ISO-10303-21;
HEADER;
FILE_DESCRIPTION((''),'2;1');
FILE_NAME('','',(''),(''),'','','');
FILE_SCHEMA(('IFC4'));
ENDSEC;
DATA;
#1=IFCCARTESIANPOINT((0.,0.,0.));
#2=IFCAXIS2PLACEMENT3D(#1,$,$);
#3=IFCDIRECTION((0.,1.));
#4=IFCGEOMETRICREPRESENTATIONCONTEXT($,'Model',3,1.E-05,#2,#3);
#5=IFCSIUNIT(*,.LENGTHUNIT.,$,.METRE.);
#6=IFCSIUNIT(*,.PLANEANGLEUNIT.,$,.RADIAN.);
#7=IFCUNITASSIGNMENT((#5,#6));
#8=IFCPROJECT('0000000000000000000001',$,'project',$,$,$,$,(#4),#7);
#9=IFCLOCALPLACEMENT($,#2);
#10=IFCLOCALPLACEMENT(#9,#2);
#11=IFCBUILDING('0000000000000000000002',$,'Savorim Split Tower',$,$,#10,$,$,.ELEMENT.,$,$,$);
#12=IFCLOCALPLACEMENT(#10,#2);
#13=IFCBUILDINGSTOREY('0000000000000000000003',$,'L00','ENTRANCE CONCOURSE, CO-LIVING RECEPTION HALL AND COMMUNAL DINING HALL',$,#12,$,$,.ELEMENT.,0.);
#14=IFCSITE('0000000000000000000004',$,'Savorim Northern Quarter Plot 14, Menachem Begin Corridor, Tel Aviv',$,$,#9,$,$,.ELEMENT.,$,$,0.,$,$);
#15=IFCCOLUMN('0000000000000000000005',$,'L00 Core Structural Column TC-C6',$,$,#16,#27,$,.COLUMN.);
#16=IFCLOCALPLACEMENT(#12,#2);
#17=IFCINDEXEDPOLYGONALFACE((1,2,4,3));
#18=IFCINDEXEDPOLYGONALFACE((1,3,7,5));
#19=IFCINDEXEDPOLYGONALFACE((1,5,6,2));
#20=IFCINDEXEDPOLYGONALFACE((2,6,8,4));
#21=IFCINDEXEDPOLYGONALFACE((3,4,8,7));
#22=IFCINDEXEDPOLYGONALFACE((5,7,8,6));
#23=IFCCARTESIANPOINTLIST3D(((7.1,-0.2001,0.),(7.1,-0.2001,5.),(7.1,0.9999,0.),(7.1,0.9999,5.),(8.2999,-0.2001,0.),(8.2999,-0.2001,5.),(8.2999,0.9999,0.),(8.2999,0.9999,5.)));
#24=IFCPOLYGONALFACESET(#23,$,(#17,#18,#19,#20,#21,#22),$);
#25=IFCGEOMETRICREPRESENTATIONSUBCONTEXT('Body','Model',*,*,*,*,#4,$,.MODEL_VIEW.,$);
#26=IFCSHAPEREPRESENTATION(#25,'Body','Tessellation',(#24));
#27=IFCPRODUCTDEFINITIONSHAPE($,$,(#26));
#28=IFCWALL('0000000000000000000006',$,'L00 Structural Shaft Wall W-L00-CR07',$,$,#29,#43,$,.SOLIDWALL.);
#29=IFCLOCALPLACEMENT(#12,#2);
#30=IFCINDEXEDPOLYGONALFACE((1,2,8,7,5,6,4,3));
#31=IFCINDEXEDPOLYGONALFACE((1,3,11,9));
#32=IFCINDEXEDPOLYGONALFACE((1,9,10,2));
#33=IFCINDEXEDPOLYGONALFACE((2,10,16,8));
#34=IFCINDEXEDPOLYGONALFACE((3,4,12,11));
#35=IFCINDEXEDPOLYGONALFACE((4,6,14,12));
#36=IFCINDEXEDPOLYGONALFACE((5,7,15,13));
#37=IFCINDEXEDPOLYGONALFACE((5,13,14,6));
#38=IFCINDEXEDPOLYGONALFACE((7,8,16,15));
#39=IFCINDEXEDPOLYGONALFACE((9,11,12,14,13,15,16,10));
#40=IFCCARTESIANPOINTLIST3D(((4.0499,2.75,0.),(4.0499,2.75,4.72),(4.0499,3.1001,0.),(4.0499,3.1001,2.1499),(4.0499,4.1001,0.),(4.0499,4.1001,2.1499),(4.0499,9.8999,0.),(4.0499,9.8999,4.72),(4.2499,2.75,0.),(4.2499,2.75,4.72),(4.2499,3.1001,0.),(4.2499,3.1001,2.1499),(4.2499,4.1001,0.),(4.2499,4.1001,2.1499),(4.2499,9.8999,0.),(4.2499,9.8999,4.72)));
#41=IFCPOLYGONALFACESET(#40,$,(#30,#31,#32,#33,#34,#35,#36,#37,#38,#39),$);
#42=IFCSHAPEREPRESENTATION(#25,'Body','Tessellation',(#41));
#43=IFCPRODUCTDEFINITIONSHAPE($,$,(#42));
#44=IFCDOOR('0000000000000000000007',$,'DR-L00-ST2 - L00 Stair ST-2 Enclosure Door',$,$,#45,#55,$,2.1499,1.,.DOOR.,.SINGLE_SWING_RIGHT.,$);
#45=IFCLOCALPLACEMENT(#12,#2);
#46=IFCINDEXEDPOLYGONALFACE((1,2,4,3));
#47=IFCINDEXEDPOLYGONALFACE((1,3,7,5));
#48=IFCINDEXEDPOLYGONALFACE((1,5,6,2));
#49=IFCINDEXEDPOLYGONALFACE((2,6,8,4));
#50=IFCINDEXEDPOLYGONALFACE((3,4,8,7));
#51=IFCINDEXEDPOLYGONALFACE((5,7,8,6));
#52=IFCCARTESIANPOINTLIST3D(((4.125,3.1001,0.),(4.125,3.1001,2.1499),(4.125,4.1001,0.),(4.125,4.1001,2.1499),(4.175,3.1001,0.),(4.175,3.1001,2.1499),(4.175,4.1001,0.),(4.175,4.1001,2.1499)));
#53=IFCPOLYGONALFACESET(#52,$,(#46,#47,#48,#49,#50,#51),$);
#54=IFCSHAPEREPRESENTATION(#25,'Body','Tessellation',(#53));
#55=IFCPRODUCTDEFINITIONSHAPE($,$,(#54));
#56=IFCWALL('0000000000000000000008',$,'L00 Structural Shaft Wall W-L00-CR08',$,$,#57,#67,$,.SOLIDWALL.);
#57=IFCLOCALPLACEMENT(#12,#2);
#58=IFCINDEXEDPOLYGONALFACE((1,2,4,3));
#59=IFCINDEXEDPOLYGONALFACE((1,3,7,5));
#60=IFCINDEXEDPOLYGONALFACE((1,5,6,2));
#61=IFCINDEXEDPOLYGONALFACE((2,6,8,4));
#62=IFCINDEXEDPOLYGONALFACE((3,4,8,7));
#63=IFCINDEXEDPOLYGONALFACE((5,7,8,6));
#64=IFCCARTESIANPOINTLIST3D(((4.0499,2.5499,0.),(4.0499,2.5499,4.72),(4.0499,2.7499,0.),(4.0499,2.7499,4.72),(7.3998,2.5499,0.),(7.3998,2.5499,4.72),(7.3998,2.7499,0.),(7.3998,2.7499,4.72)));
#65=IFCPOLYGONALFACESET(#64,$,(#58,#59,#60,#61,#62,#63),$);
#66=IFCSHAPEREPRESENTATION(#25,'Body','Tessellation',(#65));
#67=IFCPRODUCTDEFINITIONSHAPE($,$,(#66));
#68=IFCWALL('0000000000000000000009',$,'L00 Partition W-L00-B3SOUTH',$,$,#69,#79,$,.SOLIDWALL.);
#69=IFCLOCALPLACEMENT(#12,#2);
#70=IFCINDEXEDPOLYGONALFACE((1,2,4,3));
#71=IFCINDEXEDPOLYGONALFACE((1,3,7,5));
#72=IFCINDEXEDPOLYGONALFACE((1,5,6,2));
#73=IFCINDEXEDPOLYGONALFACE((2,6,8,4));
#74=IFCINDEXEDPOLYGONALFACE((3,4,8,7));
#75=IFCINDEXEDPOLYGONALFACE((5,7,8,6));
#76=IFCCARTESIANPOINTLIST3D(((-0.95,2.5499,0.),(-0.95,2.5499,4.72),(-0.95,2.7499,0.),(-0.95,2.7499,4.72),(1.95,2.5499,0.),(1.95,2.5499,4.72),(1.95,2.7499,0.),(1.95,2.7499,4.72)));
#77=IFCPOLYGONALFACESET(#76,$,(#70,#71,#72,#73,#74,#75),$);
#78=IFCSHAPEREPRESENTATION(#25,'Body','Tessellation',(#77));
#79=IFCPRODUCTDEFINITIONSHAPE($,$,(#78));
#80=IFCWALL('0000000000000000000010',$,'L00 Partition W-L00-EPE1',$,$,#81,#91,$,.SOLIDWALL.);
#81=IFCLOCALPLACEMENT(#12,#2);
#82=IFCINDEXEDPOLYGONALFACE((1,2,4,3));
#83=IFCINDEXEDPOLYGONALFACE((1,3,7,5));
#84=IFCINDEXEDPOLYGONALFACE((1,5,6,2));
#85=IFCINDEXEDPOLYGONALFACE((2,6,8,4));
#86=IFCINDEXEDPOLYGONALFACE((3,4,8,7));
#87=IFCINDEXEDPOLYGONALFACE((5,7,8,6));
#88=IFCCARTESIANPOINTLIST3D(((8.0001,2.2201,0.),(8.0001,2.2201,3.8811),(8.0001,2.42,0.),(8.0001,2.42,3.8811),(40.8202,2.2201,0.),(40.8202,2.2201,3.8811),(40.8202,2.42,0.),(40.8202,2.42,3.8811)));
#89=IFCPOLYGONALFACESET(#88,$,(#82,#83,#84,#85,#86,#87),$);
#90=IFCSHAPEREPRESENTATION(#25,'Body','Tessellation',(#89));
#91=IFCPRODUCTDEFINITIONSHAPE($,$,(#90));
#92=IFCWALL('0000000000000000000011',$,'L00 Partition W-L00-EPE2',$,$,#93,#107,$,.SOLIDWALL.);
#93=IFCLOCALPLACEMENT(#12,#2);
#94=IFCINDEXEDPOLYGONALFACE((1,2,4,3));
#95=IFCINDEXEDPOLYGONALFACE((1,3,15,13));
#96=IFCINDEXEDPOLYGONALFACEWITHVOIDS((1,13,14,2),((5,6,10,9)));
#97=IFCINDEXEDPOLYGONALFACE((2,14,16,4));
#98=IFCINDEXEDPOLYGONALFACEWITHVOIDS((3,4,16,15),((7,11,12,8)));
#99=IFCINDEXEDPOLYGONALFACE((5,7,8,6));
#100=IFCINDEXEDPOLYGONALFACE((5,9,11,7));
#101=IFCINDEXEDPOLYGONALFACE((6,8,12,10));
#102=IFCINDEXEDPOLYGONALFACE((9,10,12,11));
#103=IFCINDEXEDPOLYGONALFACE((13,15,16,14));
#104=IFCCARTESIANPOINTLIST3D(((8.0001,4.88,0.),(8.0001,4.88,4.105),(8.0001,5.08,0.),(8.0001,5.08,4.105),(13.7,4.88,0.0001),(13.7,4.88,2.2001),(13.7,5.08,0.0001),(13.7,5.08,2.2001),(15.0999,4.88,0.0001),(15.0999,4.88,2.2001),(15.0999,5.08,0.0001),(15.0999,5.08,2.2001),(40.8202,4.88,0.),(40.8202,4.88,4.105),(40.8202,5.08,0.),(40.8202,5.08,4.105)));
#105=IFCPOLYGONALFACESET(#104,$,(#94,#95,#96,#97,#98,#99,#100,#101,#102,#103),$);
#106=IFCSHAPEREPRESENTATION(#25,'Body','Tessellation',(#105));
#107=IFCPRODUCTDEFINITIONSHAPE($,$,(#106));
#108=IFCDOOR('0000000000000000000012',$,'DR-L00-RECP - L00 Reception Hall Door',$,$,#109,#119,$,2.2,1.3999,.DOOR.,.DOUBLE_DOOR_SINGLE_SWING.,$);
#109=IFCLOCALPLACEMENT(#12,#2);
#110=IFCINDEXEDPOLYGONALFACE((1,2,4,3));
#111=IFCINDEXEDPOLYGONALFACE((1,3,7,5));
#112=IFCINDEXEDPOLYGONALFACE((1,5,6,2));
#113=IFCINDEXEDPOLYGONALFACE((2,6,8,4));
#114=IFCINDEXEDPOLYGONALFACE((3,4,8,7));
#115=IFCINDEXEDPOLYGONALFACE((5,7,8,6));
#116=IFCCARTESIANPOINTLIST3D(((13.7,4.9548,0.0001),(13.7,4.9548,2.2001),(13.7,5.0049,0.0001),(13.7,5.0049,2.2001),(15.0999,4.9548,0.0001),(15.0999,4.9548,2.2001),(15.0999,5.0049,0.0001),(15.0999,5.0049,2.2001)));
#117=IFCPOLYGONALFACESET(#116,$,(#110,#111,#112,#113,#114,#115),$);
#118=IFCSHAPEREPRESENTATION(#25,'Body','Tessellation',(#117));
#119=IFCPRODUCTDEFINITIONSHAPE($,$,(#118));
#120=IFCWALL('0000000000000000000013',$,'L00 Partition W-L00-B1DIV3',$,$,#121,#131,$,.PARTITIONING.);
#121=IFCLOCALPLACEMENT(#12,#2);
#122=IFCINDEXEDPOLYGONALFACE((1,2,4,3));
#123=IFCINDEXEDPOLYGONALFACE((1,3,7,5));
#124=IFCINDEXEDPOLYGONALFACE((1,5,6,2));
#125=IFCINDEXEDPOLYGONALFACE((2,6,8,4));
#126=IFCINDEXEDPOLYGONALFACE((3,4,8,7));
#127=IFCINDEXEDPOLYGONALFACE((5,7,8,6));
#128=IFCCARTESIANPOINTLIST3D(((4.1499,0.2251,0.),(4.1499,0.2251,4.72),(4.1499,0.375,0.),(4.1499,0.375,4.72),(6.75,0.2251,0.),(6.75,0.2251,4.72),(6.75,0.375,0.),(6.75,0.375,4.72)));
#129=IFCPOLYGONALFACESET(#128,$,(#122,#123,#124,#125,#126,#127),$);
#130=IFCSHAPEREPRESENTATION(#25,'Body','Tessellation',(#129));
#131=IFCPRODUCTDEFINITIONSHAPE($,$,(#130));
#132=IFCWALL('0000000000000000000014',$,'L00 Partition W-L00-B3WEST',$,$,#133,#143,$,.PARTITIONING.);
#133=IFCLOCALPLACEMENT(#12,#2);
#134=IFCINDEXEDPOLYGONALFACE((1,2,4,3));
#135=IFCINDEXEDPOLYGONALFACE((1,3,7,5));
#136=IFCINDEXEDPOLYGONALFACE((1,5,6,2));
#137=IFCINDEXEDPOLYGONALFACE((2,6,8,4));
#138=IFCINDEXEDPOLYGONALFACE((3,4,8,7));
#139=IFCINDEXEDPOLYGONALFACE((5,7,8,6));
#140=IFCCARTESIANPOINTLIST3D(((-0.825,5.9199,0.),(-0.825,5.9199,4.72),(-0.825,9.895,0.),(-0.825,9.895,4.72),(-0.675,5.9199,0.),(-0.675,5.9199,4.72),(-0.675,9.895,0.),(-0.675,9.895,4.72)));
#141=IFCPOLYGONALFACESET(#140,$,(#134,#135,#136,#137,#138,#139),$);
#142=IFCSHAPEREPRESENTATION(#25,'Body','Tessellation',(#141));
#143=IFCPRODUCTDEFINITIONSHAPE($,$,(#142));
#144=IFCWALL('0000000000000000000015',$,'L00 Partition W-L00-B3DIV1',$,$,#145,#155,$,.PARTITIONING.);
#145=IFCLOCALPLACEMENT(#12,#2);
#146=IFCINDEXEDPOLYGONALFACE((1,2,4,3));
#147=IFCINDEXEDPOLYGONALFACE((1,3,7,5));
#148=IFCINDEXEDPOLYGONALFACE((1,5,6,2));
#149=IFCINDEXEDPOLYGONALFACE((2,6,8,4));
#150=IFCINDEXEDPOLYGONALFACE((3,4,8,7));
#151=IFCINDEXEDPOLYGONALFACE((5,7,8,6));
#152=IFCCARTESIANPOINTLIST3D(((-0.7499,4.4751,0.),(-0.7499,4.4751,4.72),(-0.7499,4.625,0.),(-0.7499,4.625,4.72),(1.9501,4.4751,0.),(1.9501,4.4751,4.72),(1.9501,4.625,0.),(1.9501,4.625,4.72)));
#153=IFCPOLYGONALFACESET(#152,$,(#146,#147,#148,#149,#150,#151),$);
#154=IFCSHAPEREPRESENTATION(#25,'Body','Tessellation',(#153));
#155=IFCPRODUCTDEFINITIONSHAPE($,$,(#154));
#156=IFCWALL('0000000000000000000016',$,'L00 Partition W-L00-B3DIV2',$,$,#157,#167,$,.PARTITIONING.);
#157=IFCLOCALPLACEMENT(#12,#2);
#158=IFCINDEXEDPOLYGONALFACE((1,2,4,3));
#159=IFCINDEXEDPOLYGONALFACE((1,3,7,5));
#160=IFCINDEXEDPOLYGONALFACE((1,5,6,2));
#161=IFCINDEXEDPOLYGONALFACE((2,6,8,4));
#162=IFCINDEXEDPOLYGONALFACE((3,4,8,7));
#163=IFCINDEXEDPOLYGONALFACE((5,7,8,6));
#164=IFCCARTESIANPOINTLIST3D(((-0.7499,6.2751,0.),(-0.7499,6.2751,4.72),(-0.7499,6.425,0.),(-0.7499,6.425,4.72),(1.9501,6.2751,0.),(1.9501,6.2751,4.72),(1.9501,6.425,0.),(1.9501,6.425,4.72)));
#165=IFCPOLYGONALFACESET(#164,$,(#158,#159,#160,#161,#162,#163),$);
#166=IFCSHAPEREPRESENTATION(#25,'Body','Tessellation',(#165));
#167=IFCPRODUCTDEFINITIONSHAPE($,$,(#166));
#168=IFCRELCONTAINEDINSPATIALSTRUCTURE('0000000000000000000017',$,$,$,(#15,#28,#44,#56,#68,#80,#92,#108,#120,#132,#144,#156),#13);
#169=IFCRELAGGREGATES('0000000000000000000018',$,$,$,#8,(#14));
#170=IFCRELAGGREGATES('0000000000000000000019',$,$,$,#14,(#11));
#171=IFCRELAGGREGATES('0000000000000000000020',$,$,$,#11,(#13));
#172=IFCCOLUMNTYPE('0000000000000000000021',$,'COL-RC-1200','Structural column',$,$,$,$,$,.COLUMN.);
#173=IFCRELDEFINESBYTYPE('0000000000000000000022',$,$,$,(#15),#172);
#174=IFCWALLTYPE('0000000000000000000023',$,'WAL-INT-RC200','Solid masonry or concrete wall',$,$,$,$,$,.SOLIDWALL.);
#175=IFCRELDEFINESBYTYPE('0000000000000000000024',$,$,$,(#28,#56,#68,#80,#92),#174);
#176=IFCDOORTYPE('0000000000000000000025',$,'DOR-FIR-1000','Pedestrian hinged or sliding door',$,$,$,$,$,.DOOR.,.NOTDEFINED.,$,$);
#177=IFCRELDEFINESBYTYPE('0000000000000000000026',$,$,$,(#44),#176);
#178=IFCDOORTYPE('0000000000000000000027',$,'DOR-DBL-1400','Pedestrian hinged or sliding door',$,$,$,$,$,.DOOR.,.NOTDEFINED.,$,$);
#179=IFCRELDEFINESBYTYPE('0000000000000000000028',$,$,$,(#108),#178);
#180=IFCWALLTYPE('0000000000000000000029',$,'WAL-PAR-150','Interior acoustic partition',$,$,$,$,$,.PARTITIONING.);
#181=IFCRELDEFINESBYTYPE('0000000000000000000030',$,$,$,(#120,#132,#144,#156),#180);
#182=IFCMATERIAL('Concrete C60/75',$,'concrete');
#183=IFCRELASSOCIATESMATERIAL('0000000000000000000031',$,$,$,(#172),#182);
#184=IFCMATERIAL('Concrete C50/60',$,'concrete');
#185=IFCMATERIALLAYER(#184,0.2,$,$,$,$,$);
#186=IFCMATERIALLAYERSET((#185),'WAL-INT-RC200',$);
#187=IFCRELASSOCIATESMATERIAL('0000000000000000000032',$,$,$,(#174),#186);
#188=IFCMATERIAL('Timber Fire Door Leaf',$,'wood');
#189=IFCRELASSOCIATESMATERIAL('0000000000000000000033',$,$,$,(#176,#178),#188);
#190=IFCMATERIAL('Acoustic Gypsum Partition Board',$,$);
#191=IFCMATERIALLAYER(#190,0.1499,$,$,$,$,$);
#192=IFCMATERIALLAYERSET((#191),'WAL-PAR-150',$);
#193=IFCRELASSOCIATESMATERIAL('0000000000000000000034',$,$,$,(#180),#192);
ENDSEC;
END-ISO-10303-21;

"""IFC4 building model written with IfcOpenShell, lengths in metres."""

from ifc_helpers import new_model, si_unit, direction, frame, frame_2d, origin, origin_2d, place, context, subcontext, project, spatial, rectangle, extrude, material, layer, layer_set, material_profile, profile_set, type_object, element, fill, save


model = new_model("IFC4")

# Units and contexts
model_context = context("Model", 3, precision=1e-05, world=origin(), true_north=direction((0.0, 1.0)))
body_context = subcontext(model_context, "Body", "Model", "MODEL_VIEW")
ifc_project = project(units=[si_unit("LENGTHUNIT", "METRE"), si_unit("PLANEANGLEUNIT", "RADIAN")], contexts=[model_context])

# Site, building, storey
site_placement = place(None, origin())
site = spatial("IfcSite", under=ifc_project, at=site_placement, Name="Savorim Northern Quarter Plot 14, Menachem Begin Corridor, Tel Aviv", CompositionType="ELEMENT", RefElevation=0.0)
building_placement = place(site_placement, origin())
building = spatial("IfcBuilding", under=site, at=building_placement, Name="Savorim Split Tower", CompositionType="ELEMENT")
storey_placement = place(building_placement, origin())
storey = spatial("IfcBuildingStorey", under=building, at=storey_placement, Name="L00", Description="ENTRANCE CONCOURSE, CO-LIVING RECEPTION HALL AND COMMUNAL DINING HALL", CompositionType="ELEMENT", Elevation=0.0)

# Column
ifc_material_1 = material(Name="Concrete C60/75", Category="concrete")
ifc_material_profile = material_profile(ifc_material_1, rectangle(XDim=1.2, YDim=1.2, at=origin_2d()), Name="RC 1200x1200")
ifc_profile_set = profile_set([ifc_material_profile], Name="Concrete C60/75")
column_type = type_object("IfcColumnType", Name="COL-RC-1200", Description="Structural column", PredefinedType="COLUMN", material=ifc_profile_set)
column_placement = place(storey_placement, frame((7.7, 0.3999, 0.0), z_axis=(0.0, 0.0, 1.0), x_axis=(1.0, 0.0, 0.0)))
element("IfcColumn", 1, at=column_placement, inside=storey, type_object=column_type, Name="L00 Core Structural Column TC-C6", PredefinedType="COLUMN", context=body_context, shape_type="SweptSolid", body=[
    extrude(rectangle(XDim=1.2, YDim=1.2, at=origin_2d()), origin(), (0.0, 0.0, 1.0), 5.0),
])

# Wall, opening, door
ifc_material_2 = material(Name="Concrete C50/60", Category="concrete")
ifc_layer_1 = layer(ifc_material_2, 0.2)
ifc_layer_set_1 = layer_set([ifc_layer_1], Name="WAL-INT-RC200")
wall_type_1 = type_object("IfcWallType", Name="WAL-INT-RC200", Description="Solid masonry or concrete wall", PredefinedType="SOLIDWALL", material=ifc_layer_set_1)
wall_1_placement = place(storey_placement, frame((4.1499, 2.75, 0.0), z_axis=(0.0, 0.0, 1.0), x_axis=(0.0, 1.0, 0.0)))
wall_1 = element("IfcWall", 2, at=wall_1_placement, inside=storey, type_object=wall_type_1, Name="L00 Structural Shaft Wall W-L00-CR07", PredefinedType="SOLIDWALL", context=body_context, shape_type="SweptSolid", body=[
    extrude(rectangle(XDim=7.1499, YDim=0.2, at=frame_2d((3.575, 0.0))), origin(), (0.0, 0.0, 1.0), 4.72),
])
opening_1_placement = place(wall_1_placement, frame((0.3501, 0.0, 0.0)))
opening_1 = element("IfcOpeningElement", 3, at=opening_1_placement, cuts=wall_1, PredefinedType="OPENING", context=body_context, shape_type="SweptSolid", body=[
    extrude(rectangle(XDim=1.0, YDim=2.1499, at=frame_2d((0.5, 1.075))), frame((0.0, 0.1099, 0.0), z_axis=(0.0, -1.0, 0.0), x_axis=(1.0, 0.0, 0.0)), (0.0, 0.0, 1.0), 0.22),
])
ifc_material_3 = material(Name="Timber Fire Door Leaf", Category="wood")
door_type_1 = type_object("IfcDoorType", Name="DOR-FIR-1000", Description="Pedestrian hinged or sliding door", OperationType="NOTDEFINED", PredefinedType="DOOR", material=ifc_material_3)
door_1_placement = place(opening_1_placement, origin())
door_1 = element("IfcDoor", 4, at=door_1_placement, inside=storey, type_object=door_type_1, Name="DR-L00-ST2 - L00 Stair ST-2 Enclosure Door", OperationType="SINGLE_SWING_RIGHT", OverallHeight=2.1499, OverallWidth=1.0, PredefinedType="DOOR", context=body_context, shape_type="SweptSolid", body=[
    extrude(rectangle(XDim=1.0, YDim=2.1499, at=frame_2d((0.5, 1.075))), frame((0.0, 0.0249, 0.0), z_axis=(0.0, -1.0, 0.0), x_axis=(1.0, 0.0, 0.0)), (0.0, 0.0, 1.0), 0.05),
])
fill(opening_1, door_1)

# Wall
wall_2_placement = place(storey_placement, frame((4.05, 2.6499, 0.0), z_axis=(0.0, 0.0, 1.0), x_axis=(1.0, 0.0, 0.0)))
element("IfcWall", 5, at=wall_2_placement, inside=storey, type_object=wall_type_1, Name="L00 Structural Shaft Wall W-L00-CR08", PredefinedType="SOLIDWALL", context=body_context, shape_type="SweptSolid", body=[
    extrude(rectangle(XDim=3.3499, YDim=0.2, at=frame_2d((1.6748, 0.0))), origin(), (0.0, 0.0, 1.0), 4.72),
])

# Walls
wall_3_placement = place(storey_placement, frame((-0.95, 2.6499, 0.0), z_axis=(0.0, 0.0, 1.0), x_axis=(1.0, 0.0, 0.0)))
element("IfcWall", 6, at=wall_3_placement, inside=storey, type_object=wall_type_1, Name="L00 Partition W-L00-B3SOUTH", PredefinedType="SOLIDWALL", context=body_context, shape_type="SweptSolid", body=[
    extrude(rectangle(XDim=2.8999, YDim=0.2, at=frame_2d((1.45, 0.0))), origin(), (0.0, 0.0, 1.0), 4.72),
])
wall_4_placement = place(storey_placement, frame((8.0, 2.3201, 0.0), z_axis=(0.0, 0.0, 1.0), x_axis=(1.0, 0.0, 0.0)))
element("IfcWall", 7, at=wall_4_placement, inside=storey, type_object=wall_type_1, Name="L00 Partition W-L00-EPE1", PredefinedType="SOLIDWALL", context=body_context, shape_type="SweptSolid", body=[
    extrude(rectangle(XDim=32.8201, YDim=0.2, at=frame_2d((16.4102, 0.0))), origin(), (0.0, 0.0, 1.0), 3.8811),
])

# Wall, opening, door
wall_5_placement = place(storey_placement, frame((8.0, 4.98, 0.0), z_axis=(0.0, 0.0, 1.0), x_axis=(1.0, 0.0, 0.0)))
wall_5 = element("IfcWall", 8, at=wall_5_placement, inside=storey, type_object=wall_type_1, Name="L00 Partition W-L00-EPE2", PredefinedType="SOLIDWALL", context=body_context, shape_type="SweptSolid", body=[
    extrude(rectangle(XDim=32.8201, YDim=0.2, at=frame_2d((16.4102, 0.0))), origin(), (0.0, 0.0, 1.0), 4.105),
])
opening_2_placement = place(wall_5_placement, frame((5.7, 0.0, 0.0)))
opening_2 = element("IfcOpeningElement", 9, at=opening_2_placement, cuts=wall_5, PredefinedType="OPENING", context=body_context, shape_type="SweptSolid", body=[
    extrude(rectangle(XDim=1.3999, YDim=2.2, at=frame_2d((0.7, 1.1001))), frame((0.0, 0.1099, 0.0), z_axis=(0.0, -1.0, 0.0), x_axis=(1.0, 0.0, 0.0)), (0.0, 0.0, 1.0), 0.22),
])
door_type_2 = type_object("IfcDoorType", Name="DOR-DBL-1400", Description="Pedestrian hinged or sliding door", OperationType="NOTDEFINED", PredefinedType="DOOR", material=ifc_material_3)
door_2_placement = place(opening_2_placement, origin())
door_2 = element("IfcDoor", 10, at=door_2_placement, inside=storey, type_object=door_type_2, Name="DR-L00-RECP - L00 Reception Hall Door", OperationType="DOUBLE_DOOR_SINGLE_SWING", OverallHeight=2.2, OverallWidth=1.3999, PredefinedType="DOOR", context=body_context, shape_type="SweptSolid", body=[
    extrude(rectangle(XDim=1.3999, YDim=2.2, at=frame_2d((0.7, 1.1001))), frame((0.0, 0.0249, 0.0), z_axis=(0.0, -1.0, 0.0), x_axis=(1.0, 0.0, 0.0)), (0.0, 0.0, 1.0), 0.05),
])
fill(opening_2, door_2)

# Walls
ifc_material_4 = material(Name="Acoustic Gypsum Partition Board")
ifc_layer_2 = layer(ifc_material_4, 0.1499)
ifc_layer_set_2 = layer_set([ifc_layer_2], Name="WAL-PAR-150")
wall_type_2 = type_object("IfcWallType", Name="WAL-PAR-150", Description="Interior acoustic partition", PredefinedType="PARTITIONING", material=ifc_layer_set_2)
wall_6_placement = place(storey_placement, frame((4.1499, 0.3, 0.0), z_axis=(0.0, 0.0, 1.0), x_axis=(1.0, 0.0, 0.0)))
element("IfcWall", 11, at=wall_6_placement, inside=storey, type_object=wall_type_2, Name="L00 Partition W-L00-B1DIV3", PredefinedType="PARTITIONING", context=body_context, shape_type="SweptSolid", body=[
    extrude(rectangle(XDim=2.6001, YDim=0.1499, at=frame_2d((1.3, 0.0))), origin(), (0.0, 0.0, 1.0), 4.72),
])
wall_7_placement = place(storey_placement, frame((-0.75, 5.9199, 0.0), z_axis=(0.0, 0.0, 1.0), x_axis=(0.0, 1.0, 0.0)))
element("IfcWall", 12, at=wall_7_placement, inside=storey, type_object=wall_type_2, Name="L00 Partition W-L00-B3WEST", PredefinedType="PARTITIONING", context=body_context, shape_type="SweptSolid", body=[
    extrude(rectangle(XDim=3.9751, YDim=0.1499, at=frame_2d((1.9875, 0.0))), origin(), (0.0, 0.0, 1.0), 4.72),
])
for number, where, z_axis, x_axis, name in (
    (13, (-0.75, 4.55, 0.0), (0.0, 0.0, 1.0), (1.0, 0.0, 0.0), "L00 Partition W-L00-B3DIV1"),
    (14, (-0.75, 6.3501, 0.0), (0.0, 0.0, 1.0), (1.0, 0.0, 0.0), "L00 Partition W-L00-B3DIV2"),
):
    element("IfcWall", number, at=place(storey_placement, frame(where, z_axis=z_axis, x_axis=x_axis)), inside=storey, type_object=wall_type_2, Name=name, PredefinedType="PARTITIONING", context=body_context, shape_type="SweptSolid", body=[
        extrude(rectangle(XDim=2.7, YDim=0.1499, at=frame_2d((1.3501, 0.0))), origin(), (0.0, 0.0, 1.0), 4.72),
    ])

save(model, "model.ifc")
